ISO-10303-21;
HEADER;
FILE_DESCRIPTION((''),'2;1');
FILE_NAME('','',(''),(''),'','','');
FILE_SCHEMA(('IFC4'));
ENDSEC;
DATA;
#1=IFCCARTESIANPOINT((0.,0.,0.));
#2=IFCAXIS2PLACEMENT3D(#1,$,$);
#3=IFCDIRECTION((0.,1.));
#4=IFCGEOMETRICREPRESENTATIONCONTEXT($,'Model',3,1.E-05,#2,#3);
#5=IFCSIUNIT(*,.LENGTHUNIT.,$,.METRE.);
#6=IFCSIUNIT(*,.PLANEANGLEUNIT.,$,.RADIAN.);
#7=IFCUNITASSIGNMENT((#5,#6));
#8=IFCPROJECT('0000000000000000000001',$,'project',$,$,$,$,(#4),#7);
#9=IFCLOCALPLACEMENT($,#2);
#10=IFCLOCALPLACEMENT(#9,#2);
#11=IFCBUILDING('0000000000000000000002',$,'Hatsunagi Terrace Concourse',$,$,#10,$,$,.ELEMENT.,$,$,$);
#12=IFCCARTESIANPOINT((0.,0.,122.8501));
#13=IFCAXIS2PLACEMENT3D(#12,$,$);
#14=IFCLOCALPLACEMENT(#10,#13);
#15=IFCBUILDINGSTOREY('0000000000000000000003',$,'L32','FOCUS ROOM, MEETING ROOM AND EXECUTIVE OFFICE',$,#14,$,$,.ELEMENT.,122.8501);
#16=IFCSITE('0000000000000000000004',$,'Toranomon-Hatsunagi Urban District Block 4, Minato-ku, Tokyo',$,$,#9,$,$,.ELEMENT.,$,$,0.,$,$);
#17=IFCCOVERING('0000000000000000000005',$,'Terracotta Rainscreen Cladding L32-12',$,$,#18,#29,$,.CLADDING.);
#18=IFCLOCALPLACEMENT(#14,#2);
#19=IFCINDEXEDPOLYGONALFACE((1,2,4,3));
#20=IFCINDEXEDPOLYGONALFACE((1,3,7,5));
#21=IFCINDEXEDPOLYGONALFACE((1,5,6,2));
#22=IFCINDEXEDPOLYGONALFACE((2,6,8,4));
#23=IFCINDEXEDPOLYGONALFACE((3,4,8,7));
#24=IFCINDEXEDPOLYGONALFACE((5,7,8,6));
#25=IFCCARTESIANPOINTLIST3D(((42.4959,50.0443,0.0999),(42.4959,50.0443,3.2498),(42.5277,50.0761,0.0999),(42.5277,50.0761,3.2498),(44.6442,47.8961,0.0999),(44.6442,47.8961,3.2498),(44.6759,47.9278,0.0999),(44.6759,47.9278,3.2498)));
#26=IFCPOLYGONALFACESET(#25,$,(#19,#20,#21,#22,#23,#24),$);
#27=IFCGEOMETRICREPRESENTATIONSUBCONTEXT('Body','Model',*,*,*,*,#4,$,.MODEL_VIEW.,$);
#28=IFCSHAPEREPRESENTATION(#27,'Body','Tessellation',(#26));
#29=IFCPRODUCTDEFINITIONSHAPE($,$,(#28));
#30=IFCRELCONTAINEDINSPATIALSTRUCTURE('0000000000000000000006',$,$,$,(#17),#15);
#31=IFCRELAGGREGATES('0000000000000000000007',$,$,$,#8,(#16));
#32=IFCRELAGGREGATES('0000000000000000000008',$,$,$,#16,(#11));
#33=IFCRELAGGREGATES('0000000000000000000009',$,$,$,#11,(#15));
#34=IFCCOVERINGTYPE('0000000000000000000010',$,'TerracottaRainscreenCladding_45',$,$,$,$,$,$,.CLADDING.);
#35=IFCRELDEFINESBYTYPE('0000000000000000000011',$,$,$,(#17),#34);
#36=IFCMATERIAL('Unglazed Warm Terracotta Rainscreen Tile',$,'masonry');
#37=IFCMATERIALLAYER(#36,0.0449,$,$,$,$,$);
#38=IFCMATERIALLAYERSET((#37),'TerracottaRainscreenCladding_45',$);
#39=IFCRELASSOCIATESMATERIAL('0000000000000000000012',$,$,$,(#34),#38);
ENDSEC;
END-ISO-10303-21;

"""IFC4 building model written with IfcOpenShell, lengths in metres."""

from ifc_helpers import new_model, si_unit, direction, frame, origin, origin_2d, place, context, subcontext, project, spatial, rectangle, extrude, material, layer, layer_set, type_object, element, save


model = new_model("IFC4")

# Units and contexts
model_context = context("Model", 3, precision=1e-05, world=origin(), true_north=direction((0.0, 1.0)))
body_context = subcontext(model_context, "Body", "Model", "MODEL_VIEW")
ifc_project = project(units=[si_unit("LENGTHUNIT", "METRE"), si_unit("PLANEANGLEUNIT", "RADIAN")], contexts=[model_context])

# Site, building, storey
site_placement = place(None, origin())
site = spatial("IfcSite", under=ifc_project, at=site_placement, Name="Toranomon-Hatsunagi Urban District Block 4, Minato-ku, Tokyo", CompositionType="ELEMENT", RefElevation=0.0)
building_placement = place(site_placement, origin())
building = spatial("IfcBuilding", under=site, at=building_placement, Name="Hatsunagi Terrace Concourse", CompositionType="ELEMENT")
storey_placement = place(building_placement, frame((0.0, 0.0, 122.8501)))
storey = spatial("IfcBuildingStorey", under=building, at=storey_placement, Name="L32", Description="FOCUS ROOM, MEETING ROOM AND EXECUTIVE OFFICE", CompositionType="ELEMENT", Elevation=122.8501)

# Covering
ifc_material_1 = material(Name="Unglazed Warm Terracotta Rainscreen Tile", Category="masonry")
ifc_layer_1 = layer(ifc_material_1, 0.0449)
ifc_layer_set_1 = layer_set([ifc_layer_1], Name="TerracottaRainscreenCladding_45")
covering_type = type_object("IfcCoveringType", Name="TerracottaRainscreenCladding_45", PredefinedType="CLADDING", material=ifc_layer_set_1)
covering_placement = place(storey_placement, frame((43.5859, 48.9861, 0.0999), z_axis=(0.0, 0.0, 1.0), x_axis=(0.707107, -0.707107, 0.0)))
element("IfcCovering", 1, at=covering_placement, inside=storey, type_object=covering_type, Name="Terracotta Rainscreen Cladding L32-12", PredefinedType="CLADDING", context=body_context, shape_type="SweptSolid", body=[
    extrude(rectangle(XDim=3.0381, YDim=0.0449, at=origin_2d()), origin(), (0.0, 0.0, 1.0), 3.1499),
])

save(model, "model.ifc")
